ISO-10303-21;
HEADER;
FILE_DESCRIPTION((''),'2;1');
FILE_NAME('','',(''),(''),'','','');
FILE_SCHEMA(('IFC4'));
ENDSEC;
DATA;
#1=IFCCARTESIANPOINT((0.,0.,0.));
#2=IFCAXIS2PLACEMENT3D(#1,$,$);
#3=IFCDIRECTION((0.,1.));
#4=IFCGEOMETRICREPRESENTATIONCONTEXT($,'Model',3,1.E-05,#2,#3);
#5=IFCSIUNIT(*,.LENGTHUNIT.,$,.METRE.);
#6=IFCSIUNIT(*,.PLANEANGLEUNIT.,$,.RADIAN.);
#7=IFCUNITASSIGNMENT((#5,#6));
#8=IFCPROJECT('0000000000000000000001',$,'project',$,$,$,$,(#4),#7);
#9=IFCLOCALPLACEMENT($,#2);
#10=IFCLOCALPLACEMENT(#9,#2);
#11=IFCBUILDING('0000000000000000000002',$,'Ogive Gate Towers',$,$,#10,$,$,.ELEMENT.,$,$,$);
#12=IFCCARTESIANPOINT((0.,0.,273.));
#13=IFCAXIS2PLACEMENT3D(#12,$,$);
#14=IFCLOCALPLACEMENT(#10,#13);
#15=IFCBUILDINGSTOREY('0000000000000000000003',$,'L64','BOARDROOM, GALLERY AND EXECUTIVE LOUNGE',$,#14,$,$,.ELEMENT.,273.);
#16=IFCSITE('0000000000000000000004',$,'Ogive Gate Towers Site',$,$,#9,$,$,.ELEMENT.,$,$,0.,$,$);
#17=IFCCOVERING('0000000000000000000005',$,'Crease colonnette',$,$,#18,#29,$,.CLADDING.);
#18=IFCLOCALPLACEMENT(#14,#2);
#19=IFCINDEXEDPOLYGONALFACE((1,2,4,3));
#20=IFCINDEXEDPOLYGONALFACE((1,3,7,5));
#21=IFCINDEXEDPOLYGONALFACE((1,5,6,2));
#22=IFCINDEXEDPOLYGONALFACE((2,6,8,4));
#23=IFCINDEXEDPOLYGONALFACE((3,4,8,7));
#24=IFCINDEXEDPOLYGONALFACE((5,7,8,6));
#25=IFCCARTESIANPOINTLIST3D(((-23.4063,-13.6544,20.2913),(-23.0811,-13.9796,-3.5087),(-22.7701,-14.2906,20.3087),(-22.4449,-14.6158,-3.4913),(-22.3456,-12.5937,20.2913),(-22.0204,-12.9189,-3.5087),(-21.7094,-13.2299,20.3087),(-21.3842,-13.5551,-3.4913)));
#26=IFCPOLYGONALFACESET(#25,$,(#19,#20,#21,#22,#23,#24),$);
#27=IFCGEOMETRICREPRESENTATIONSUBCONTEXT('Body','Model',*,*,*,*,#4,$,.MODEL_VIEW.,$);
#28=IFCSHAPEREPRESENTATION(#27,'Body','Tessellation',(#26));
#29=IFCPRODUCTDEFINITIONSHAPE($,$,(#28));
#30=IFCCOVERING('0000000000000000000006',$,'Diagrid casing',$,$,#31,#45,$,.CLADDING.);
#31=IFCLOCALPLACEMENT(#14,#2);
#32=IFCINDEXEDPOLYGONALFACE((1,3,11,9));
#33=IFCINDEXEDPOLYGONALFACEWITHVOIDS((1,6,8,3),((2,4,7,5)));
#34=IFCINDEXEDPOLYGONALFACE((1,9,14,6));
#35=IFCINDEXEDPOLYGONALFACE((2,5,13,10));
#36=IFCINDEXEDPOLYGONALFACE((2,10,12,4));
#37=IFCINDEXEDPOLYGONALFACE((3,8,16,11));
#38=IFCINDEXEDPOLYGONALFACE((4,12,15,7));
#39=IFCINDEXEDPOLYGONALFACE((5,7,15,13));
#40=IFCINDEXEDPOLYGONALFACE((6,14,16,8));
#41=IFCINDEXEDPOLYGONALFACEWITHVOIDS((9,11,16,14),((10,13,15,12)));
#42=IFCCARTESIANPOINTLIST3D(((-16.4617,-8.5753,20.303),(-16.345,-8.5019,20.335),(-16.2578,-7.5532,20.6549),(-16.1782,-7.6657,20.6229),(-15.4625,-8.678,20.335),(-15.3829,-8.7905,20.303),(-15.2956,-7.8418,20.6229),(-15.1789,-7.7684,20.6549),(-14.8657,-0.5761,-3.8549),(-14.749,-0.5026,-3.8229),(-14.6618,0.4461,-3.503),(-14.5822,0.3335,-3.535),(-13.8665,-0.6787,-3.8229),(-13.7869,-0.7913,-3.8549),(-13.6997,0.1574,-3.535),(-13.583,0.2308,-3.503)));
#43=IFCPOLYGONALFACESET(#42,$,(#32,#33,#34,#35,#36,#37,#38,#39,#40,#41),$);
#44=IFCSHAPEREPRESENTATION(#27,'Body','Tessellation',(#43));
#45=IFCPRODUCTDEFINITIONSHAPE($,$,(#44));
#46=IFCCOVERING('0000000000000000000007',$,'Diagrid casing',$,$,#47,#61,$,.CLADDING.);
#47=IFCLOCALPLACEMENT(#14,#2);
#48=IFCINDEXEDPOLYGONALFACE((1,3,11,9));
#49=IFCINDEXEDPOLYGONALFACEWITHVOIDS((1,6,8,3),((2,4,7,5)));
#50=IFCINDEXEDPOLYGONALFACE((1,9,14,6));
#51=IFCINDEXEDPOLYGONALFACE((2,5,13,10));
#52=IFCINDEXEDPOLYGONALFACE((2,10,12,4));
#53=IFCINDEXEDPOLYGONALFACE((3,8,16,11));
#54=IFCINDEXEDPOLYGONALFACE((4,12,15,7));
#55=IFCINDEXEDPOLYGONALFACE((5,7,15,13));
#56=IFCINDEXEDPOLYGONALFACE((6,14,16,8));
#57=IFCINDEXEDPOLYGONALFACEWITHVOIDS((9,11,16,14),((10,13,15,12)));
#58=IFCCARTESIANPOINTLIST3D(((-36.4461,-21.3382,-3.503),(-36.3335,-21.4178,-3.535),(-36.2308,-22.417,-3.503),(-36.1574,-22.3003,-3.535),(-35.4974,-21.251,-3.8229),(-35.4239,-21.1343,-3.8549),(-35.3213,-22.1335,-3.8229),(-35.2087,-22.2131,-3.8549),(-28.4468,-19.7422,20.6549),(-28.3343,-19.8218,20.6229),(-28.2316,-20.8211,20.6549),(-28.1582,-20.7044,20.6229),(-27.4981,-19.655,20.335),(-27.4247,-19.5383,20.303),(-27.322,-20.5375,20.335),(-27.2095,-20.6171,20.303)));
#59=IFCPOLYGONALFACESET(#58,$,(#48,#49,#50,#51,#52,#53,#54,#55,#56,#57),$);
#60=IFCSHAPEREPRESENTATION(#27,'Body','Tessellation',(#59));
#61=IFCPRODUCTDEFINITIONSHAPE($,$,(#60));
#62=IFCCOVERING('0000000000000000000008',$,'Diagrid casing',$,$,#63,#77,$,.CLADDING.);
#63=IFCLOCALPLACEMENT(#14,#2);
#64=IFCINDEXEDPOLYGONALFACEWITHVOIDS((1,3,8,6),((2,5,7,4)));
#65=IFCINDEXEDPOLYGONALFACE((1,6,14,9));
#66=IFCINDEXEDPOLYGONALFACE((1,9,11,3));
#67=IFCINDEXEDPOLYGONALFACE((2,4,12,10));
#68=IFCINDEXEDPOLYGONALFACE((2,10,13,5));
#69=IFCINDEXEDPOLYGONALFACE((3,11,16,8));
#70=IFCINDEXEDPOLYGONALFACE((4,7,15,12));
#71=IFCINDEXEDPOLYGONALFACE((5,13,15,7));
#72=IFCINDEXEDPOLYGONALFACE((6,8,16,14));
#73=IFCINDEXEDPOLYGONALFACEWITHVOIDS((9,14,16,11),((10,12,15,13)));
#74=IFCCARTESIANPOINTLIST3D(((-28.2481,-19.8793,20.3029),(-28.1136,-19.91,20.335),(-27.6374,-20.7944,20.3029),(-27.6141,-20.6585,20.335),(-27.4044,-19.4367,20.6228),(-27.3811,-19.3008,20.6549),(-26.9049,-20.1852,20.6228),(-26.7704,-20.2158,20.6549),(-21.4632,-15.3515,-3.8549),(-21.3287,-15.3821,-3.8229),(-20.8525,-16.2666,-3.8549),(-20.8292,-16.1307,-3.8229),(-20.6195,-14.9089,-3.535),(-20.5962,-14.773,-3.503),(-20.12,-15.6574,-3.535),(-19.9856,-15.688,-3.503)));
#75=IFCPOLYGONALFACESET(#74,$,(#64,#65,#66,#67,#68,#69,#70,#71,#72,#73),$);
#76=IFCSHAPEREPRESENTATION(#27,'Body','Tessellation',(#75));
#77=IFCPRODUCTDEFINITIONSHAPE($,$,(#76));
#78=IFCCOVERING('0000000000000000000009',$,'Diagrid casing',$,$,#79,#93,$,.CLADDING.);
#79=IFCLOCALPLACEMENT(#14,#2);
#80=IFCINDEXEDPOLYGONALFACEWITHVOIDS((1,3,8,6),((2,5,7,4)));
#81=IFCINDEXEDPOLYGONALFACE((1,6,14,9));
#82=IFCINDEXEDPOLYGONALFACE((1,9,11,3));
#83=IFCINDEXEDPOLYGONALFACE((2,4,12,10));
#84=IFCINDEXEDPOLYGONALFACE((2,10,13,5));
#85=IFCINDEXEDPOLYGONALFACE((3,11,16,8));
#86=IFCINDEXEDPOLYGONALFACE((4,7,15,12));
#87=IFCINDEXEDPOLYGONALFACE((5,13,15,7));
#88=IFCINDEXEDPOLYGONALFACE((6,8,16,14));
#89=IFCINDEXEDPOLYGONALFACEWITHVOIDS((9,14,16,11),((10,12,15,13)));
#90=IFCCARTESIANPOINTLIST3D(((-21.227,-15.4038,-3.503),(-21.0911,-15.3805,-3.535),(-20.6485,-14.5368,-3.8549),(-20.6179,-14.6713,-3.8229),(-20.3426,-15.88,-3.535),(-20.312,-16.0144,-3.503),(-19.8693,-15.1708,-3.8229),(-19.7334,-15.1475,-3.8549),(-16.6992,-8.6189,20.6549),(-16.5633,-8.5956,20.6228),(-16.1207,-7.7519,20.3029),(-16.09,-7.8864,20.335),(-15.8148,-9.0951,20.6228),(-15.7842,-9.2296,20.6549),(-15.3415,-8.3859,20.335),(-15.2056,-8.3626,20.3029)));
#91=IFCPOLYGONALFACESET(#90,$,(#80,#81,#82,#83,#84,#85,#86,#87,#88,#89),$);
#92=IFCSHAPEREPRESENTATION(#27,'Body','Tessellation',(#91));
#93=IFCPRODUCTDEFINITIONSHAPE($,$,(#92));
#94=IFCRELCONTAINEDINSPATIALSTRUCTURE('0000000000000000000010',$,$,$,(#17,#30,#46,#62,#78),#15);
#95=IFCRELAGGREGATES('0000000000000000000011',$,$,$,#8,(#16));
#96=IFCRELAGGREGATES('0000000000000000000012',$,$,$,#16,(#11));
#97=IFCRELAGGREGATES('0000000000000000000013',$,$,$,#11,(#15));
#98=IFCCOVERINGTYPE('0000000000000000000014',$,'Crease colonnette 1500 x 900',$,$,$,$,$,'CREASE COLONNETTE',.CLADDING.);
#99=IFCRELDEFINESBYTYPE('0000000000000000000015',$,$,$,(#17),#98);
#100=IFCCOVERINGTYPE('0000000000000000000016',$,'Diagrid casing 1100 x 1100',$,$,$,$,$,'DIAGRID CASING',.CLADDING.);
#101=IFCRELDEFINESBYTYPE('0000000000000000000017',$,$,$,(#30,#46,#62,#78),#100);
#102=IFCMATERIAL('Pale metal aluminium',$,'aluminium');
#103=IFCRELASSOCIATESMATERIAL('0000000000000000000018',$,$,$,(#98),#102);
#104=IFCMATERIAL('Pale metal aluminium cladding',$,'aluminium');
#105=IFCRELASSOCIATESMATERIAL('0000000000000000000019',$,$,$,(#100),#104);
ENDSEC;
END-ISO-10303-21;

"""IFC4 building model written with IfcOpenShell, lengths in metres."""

from ifc_helpers import new_model, si_unit, direction, frame, origin, origin_2d, place, context, subcontext, project, spatial, rectangle, hollow_rectangle, extrude, material, material_profile, profile_set, type_object, element, save


model = new_model("IFC4")

# Units and contexts
model_context = context("Model", 3, precision=1e-05, world=origin(), true_north=direction((0.0, 1.0)))
body_context = subcontext(model_context, "Body", "Model", "MODEL_VIEW")
ifc_project = project(units=[si_unit("LENGTHUNIT", "METRE"), si_unit("PLANEANGLEUNIT", "RADIAN")], contexts=[model_context])

# Site, building, storey
site_placement = place(None, origin())
site = spatial("IfcSite", under=ifc_project, at=site_placement, Name="Ogive Gate Towers Site", CompositionType="ELEMENT", RefElevation=0.0)
building_placement = place(site_placement, origin())
building = spatial("IfcBuilding", under=site, at=building_placement, Name="Ogive Gate Towers", CompositionType="ELEMENT")
storey_placement = place(building_placement, frame((0.0, 0.0, 273.0)))
storey = spatial("IfcBuildingStorey", under=building, at=storey_placement, Name="L64", Description="BOARDROOM, GALLERY AND EXECUTIVE LOUNGE", CompositionType="ELEMENT", Elevation=273.0)

# Coverings
ifc_material_1 = material(Name="Pale metal aluminium", Category="aluminium")
ifc_material_profile_1 = material_profile(ifc_material_1, rectangle(XDim=1.5, YDim=0.8999, at=origin_2d()), Name="1500 x 900 pale metal aluminium")
ifc_profile_set_1 = profile_set([ifc_material_profile_1], Name="Pale metal aluminium")
covering_type_1 = type_object("IfcCoveringType", Name="Crease colonnette 1500 x 900", ElementType="CREASE COLONNETTE", PredefinedType="CLADDING", material=ifc_profile_set_1)
covering_placement = place(storey_placement, frame((-22.2327, -13.7673, -3.5), z_axis=(-0.013661, 0.013661, 0.999813), x_axis=(-0.707107, -0.707107, 0.0)))
element("IfcCovering", 1, at=covering_placement, inside=storey, type_object=covering_type_1, Name="Crease colonnette", PredefinedType="CLADDING", context=body_context, shape_type="SweptSolid", body=[
    extrude(rectangle(XDim=1.5, YDim=0.8999, at=origin_2d()), origin(), (0.0, 0.0, 1.0), 23.8044),
])
ifc_material_2 = material(Name="Pale metal aluminium cladding", Category="aluminium")
ifc_material_profile_2 = material_profile(ifc_material_2, hollow_rectangle(XDim=1.1001, YDim=1.1001, WallThickness=0.1001, at=origin_2d()), Name="1100 x 1100 pale metal casing")
ifc_profile_set_2 = profile_set([ifc_material_profile_2], Name="Pale metal aluminium cladding")
covering_type_2 = type_object("IfcCoveringType", Name="Diagrid casing 1100 x 1100", ElementType="DIAGRID CASING", PredefinedType="CLADDING", material=ifc_profile_set_2)
for number, where, z_axis, x_axis, name in (
    (2, (-14.2244, -0.1726, -3.679), (-0.062591, -0.313723, 0.947449), (0.980673, -0.195656, 0.0), "Diagrid casing"),
    (3, (-35.8274, -21.7756, -3.679), (0.313723, 0.062591, 0.947449), (-0.195656, 0.980673, 0.0), "Diagrid casing"),
    (4, (-20.7244, -15.5198, -3.679), (-0.266097, -0.177577, 0.947449), (0.555087, -0.831792, 0.0), "Diagrid casing"),
    (5, (-20.4802, -15.2756, -3.679), (0.177577, 0.266097, 0.947449), (-0.831792, 0.555087, 0.0), "Diagrid casing"),
):
    element("IfcCovering", number, at=place(storey_placement, frame(where, z_axis=z_axis, x_axis=x_axis)), inside=storey, type_object=covering_type_2, Name=name, PredefinedType="CLADDING", context=body_context, shape_type="SweptSolid", body=[
        extrude(hollow_rectangle(XDim=1.1001, YDim=1.1001, WallThickness=0.1001, at=origin_2d()), origin(), (0.0, 0.0, 1.0), 25.4978),
    ])

save(model, "model.ifc")
